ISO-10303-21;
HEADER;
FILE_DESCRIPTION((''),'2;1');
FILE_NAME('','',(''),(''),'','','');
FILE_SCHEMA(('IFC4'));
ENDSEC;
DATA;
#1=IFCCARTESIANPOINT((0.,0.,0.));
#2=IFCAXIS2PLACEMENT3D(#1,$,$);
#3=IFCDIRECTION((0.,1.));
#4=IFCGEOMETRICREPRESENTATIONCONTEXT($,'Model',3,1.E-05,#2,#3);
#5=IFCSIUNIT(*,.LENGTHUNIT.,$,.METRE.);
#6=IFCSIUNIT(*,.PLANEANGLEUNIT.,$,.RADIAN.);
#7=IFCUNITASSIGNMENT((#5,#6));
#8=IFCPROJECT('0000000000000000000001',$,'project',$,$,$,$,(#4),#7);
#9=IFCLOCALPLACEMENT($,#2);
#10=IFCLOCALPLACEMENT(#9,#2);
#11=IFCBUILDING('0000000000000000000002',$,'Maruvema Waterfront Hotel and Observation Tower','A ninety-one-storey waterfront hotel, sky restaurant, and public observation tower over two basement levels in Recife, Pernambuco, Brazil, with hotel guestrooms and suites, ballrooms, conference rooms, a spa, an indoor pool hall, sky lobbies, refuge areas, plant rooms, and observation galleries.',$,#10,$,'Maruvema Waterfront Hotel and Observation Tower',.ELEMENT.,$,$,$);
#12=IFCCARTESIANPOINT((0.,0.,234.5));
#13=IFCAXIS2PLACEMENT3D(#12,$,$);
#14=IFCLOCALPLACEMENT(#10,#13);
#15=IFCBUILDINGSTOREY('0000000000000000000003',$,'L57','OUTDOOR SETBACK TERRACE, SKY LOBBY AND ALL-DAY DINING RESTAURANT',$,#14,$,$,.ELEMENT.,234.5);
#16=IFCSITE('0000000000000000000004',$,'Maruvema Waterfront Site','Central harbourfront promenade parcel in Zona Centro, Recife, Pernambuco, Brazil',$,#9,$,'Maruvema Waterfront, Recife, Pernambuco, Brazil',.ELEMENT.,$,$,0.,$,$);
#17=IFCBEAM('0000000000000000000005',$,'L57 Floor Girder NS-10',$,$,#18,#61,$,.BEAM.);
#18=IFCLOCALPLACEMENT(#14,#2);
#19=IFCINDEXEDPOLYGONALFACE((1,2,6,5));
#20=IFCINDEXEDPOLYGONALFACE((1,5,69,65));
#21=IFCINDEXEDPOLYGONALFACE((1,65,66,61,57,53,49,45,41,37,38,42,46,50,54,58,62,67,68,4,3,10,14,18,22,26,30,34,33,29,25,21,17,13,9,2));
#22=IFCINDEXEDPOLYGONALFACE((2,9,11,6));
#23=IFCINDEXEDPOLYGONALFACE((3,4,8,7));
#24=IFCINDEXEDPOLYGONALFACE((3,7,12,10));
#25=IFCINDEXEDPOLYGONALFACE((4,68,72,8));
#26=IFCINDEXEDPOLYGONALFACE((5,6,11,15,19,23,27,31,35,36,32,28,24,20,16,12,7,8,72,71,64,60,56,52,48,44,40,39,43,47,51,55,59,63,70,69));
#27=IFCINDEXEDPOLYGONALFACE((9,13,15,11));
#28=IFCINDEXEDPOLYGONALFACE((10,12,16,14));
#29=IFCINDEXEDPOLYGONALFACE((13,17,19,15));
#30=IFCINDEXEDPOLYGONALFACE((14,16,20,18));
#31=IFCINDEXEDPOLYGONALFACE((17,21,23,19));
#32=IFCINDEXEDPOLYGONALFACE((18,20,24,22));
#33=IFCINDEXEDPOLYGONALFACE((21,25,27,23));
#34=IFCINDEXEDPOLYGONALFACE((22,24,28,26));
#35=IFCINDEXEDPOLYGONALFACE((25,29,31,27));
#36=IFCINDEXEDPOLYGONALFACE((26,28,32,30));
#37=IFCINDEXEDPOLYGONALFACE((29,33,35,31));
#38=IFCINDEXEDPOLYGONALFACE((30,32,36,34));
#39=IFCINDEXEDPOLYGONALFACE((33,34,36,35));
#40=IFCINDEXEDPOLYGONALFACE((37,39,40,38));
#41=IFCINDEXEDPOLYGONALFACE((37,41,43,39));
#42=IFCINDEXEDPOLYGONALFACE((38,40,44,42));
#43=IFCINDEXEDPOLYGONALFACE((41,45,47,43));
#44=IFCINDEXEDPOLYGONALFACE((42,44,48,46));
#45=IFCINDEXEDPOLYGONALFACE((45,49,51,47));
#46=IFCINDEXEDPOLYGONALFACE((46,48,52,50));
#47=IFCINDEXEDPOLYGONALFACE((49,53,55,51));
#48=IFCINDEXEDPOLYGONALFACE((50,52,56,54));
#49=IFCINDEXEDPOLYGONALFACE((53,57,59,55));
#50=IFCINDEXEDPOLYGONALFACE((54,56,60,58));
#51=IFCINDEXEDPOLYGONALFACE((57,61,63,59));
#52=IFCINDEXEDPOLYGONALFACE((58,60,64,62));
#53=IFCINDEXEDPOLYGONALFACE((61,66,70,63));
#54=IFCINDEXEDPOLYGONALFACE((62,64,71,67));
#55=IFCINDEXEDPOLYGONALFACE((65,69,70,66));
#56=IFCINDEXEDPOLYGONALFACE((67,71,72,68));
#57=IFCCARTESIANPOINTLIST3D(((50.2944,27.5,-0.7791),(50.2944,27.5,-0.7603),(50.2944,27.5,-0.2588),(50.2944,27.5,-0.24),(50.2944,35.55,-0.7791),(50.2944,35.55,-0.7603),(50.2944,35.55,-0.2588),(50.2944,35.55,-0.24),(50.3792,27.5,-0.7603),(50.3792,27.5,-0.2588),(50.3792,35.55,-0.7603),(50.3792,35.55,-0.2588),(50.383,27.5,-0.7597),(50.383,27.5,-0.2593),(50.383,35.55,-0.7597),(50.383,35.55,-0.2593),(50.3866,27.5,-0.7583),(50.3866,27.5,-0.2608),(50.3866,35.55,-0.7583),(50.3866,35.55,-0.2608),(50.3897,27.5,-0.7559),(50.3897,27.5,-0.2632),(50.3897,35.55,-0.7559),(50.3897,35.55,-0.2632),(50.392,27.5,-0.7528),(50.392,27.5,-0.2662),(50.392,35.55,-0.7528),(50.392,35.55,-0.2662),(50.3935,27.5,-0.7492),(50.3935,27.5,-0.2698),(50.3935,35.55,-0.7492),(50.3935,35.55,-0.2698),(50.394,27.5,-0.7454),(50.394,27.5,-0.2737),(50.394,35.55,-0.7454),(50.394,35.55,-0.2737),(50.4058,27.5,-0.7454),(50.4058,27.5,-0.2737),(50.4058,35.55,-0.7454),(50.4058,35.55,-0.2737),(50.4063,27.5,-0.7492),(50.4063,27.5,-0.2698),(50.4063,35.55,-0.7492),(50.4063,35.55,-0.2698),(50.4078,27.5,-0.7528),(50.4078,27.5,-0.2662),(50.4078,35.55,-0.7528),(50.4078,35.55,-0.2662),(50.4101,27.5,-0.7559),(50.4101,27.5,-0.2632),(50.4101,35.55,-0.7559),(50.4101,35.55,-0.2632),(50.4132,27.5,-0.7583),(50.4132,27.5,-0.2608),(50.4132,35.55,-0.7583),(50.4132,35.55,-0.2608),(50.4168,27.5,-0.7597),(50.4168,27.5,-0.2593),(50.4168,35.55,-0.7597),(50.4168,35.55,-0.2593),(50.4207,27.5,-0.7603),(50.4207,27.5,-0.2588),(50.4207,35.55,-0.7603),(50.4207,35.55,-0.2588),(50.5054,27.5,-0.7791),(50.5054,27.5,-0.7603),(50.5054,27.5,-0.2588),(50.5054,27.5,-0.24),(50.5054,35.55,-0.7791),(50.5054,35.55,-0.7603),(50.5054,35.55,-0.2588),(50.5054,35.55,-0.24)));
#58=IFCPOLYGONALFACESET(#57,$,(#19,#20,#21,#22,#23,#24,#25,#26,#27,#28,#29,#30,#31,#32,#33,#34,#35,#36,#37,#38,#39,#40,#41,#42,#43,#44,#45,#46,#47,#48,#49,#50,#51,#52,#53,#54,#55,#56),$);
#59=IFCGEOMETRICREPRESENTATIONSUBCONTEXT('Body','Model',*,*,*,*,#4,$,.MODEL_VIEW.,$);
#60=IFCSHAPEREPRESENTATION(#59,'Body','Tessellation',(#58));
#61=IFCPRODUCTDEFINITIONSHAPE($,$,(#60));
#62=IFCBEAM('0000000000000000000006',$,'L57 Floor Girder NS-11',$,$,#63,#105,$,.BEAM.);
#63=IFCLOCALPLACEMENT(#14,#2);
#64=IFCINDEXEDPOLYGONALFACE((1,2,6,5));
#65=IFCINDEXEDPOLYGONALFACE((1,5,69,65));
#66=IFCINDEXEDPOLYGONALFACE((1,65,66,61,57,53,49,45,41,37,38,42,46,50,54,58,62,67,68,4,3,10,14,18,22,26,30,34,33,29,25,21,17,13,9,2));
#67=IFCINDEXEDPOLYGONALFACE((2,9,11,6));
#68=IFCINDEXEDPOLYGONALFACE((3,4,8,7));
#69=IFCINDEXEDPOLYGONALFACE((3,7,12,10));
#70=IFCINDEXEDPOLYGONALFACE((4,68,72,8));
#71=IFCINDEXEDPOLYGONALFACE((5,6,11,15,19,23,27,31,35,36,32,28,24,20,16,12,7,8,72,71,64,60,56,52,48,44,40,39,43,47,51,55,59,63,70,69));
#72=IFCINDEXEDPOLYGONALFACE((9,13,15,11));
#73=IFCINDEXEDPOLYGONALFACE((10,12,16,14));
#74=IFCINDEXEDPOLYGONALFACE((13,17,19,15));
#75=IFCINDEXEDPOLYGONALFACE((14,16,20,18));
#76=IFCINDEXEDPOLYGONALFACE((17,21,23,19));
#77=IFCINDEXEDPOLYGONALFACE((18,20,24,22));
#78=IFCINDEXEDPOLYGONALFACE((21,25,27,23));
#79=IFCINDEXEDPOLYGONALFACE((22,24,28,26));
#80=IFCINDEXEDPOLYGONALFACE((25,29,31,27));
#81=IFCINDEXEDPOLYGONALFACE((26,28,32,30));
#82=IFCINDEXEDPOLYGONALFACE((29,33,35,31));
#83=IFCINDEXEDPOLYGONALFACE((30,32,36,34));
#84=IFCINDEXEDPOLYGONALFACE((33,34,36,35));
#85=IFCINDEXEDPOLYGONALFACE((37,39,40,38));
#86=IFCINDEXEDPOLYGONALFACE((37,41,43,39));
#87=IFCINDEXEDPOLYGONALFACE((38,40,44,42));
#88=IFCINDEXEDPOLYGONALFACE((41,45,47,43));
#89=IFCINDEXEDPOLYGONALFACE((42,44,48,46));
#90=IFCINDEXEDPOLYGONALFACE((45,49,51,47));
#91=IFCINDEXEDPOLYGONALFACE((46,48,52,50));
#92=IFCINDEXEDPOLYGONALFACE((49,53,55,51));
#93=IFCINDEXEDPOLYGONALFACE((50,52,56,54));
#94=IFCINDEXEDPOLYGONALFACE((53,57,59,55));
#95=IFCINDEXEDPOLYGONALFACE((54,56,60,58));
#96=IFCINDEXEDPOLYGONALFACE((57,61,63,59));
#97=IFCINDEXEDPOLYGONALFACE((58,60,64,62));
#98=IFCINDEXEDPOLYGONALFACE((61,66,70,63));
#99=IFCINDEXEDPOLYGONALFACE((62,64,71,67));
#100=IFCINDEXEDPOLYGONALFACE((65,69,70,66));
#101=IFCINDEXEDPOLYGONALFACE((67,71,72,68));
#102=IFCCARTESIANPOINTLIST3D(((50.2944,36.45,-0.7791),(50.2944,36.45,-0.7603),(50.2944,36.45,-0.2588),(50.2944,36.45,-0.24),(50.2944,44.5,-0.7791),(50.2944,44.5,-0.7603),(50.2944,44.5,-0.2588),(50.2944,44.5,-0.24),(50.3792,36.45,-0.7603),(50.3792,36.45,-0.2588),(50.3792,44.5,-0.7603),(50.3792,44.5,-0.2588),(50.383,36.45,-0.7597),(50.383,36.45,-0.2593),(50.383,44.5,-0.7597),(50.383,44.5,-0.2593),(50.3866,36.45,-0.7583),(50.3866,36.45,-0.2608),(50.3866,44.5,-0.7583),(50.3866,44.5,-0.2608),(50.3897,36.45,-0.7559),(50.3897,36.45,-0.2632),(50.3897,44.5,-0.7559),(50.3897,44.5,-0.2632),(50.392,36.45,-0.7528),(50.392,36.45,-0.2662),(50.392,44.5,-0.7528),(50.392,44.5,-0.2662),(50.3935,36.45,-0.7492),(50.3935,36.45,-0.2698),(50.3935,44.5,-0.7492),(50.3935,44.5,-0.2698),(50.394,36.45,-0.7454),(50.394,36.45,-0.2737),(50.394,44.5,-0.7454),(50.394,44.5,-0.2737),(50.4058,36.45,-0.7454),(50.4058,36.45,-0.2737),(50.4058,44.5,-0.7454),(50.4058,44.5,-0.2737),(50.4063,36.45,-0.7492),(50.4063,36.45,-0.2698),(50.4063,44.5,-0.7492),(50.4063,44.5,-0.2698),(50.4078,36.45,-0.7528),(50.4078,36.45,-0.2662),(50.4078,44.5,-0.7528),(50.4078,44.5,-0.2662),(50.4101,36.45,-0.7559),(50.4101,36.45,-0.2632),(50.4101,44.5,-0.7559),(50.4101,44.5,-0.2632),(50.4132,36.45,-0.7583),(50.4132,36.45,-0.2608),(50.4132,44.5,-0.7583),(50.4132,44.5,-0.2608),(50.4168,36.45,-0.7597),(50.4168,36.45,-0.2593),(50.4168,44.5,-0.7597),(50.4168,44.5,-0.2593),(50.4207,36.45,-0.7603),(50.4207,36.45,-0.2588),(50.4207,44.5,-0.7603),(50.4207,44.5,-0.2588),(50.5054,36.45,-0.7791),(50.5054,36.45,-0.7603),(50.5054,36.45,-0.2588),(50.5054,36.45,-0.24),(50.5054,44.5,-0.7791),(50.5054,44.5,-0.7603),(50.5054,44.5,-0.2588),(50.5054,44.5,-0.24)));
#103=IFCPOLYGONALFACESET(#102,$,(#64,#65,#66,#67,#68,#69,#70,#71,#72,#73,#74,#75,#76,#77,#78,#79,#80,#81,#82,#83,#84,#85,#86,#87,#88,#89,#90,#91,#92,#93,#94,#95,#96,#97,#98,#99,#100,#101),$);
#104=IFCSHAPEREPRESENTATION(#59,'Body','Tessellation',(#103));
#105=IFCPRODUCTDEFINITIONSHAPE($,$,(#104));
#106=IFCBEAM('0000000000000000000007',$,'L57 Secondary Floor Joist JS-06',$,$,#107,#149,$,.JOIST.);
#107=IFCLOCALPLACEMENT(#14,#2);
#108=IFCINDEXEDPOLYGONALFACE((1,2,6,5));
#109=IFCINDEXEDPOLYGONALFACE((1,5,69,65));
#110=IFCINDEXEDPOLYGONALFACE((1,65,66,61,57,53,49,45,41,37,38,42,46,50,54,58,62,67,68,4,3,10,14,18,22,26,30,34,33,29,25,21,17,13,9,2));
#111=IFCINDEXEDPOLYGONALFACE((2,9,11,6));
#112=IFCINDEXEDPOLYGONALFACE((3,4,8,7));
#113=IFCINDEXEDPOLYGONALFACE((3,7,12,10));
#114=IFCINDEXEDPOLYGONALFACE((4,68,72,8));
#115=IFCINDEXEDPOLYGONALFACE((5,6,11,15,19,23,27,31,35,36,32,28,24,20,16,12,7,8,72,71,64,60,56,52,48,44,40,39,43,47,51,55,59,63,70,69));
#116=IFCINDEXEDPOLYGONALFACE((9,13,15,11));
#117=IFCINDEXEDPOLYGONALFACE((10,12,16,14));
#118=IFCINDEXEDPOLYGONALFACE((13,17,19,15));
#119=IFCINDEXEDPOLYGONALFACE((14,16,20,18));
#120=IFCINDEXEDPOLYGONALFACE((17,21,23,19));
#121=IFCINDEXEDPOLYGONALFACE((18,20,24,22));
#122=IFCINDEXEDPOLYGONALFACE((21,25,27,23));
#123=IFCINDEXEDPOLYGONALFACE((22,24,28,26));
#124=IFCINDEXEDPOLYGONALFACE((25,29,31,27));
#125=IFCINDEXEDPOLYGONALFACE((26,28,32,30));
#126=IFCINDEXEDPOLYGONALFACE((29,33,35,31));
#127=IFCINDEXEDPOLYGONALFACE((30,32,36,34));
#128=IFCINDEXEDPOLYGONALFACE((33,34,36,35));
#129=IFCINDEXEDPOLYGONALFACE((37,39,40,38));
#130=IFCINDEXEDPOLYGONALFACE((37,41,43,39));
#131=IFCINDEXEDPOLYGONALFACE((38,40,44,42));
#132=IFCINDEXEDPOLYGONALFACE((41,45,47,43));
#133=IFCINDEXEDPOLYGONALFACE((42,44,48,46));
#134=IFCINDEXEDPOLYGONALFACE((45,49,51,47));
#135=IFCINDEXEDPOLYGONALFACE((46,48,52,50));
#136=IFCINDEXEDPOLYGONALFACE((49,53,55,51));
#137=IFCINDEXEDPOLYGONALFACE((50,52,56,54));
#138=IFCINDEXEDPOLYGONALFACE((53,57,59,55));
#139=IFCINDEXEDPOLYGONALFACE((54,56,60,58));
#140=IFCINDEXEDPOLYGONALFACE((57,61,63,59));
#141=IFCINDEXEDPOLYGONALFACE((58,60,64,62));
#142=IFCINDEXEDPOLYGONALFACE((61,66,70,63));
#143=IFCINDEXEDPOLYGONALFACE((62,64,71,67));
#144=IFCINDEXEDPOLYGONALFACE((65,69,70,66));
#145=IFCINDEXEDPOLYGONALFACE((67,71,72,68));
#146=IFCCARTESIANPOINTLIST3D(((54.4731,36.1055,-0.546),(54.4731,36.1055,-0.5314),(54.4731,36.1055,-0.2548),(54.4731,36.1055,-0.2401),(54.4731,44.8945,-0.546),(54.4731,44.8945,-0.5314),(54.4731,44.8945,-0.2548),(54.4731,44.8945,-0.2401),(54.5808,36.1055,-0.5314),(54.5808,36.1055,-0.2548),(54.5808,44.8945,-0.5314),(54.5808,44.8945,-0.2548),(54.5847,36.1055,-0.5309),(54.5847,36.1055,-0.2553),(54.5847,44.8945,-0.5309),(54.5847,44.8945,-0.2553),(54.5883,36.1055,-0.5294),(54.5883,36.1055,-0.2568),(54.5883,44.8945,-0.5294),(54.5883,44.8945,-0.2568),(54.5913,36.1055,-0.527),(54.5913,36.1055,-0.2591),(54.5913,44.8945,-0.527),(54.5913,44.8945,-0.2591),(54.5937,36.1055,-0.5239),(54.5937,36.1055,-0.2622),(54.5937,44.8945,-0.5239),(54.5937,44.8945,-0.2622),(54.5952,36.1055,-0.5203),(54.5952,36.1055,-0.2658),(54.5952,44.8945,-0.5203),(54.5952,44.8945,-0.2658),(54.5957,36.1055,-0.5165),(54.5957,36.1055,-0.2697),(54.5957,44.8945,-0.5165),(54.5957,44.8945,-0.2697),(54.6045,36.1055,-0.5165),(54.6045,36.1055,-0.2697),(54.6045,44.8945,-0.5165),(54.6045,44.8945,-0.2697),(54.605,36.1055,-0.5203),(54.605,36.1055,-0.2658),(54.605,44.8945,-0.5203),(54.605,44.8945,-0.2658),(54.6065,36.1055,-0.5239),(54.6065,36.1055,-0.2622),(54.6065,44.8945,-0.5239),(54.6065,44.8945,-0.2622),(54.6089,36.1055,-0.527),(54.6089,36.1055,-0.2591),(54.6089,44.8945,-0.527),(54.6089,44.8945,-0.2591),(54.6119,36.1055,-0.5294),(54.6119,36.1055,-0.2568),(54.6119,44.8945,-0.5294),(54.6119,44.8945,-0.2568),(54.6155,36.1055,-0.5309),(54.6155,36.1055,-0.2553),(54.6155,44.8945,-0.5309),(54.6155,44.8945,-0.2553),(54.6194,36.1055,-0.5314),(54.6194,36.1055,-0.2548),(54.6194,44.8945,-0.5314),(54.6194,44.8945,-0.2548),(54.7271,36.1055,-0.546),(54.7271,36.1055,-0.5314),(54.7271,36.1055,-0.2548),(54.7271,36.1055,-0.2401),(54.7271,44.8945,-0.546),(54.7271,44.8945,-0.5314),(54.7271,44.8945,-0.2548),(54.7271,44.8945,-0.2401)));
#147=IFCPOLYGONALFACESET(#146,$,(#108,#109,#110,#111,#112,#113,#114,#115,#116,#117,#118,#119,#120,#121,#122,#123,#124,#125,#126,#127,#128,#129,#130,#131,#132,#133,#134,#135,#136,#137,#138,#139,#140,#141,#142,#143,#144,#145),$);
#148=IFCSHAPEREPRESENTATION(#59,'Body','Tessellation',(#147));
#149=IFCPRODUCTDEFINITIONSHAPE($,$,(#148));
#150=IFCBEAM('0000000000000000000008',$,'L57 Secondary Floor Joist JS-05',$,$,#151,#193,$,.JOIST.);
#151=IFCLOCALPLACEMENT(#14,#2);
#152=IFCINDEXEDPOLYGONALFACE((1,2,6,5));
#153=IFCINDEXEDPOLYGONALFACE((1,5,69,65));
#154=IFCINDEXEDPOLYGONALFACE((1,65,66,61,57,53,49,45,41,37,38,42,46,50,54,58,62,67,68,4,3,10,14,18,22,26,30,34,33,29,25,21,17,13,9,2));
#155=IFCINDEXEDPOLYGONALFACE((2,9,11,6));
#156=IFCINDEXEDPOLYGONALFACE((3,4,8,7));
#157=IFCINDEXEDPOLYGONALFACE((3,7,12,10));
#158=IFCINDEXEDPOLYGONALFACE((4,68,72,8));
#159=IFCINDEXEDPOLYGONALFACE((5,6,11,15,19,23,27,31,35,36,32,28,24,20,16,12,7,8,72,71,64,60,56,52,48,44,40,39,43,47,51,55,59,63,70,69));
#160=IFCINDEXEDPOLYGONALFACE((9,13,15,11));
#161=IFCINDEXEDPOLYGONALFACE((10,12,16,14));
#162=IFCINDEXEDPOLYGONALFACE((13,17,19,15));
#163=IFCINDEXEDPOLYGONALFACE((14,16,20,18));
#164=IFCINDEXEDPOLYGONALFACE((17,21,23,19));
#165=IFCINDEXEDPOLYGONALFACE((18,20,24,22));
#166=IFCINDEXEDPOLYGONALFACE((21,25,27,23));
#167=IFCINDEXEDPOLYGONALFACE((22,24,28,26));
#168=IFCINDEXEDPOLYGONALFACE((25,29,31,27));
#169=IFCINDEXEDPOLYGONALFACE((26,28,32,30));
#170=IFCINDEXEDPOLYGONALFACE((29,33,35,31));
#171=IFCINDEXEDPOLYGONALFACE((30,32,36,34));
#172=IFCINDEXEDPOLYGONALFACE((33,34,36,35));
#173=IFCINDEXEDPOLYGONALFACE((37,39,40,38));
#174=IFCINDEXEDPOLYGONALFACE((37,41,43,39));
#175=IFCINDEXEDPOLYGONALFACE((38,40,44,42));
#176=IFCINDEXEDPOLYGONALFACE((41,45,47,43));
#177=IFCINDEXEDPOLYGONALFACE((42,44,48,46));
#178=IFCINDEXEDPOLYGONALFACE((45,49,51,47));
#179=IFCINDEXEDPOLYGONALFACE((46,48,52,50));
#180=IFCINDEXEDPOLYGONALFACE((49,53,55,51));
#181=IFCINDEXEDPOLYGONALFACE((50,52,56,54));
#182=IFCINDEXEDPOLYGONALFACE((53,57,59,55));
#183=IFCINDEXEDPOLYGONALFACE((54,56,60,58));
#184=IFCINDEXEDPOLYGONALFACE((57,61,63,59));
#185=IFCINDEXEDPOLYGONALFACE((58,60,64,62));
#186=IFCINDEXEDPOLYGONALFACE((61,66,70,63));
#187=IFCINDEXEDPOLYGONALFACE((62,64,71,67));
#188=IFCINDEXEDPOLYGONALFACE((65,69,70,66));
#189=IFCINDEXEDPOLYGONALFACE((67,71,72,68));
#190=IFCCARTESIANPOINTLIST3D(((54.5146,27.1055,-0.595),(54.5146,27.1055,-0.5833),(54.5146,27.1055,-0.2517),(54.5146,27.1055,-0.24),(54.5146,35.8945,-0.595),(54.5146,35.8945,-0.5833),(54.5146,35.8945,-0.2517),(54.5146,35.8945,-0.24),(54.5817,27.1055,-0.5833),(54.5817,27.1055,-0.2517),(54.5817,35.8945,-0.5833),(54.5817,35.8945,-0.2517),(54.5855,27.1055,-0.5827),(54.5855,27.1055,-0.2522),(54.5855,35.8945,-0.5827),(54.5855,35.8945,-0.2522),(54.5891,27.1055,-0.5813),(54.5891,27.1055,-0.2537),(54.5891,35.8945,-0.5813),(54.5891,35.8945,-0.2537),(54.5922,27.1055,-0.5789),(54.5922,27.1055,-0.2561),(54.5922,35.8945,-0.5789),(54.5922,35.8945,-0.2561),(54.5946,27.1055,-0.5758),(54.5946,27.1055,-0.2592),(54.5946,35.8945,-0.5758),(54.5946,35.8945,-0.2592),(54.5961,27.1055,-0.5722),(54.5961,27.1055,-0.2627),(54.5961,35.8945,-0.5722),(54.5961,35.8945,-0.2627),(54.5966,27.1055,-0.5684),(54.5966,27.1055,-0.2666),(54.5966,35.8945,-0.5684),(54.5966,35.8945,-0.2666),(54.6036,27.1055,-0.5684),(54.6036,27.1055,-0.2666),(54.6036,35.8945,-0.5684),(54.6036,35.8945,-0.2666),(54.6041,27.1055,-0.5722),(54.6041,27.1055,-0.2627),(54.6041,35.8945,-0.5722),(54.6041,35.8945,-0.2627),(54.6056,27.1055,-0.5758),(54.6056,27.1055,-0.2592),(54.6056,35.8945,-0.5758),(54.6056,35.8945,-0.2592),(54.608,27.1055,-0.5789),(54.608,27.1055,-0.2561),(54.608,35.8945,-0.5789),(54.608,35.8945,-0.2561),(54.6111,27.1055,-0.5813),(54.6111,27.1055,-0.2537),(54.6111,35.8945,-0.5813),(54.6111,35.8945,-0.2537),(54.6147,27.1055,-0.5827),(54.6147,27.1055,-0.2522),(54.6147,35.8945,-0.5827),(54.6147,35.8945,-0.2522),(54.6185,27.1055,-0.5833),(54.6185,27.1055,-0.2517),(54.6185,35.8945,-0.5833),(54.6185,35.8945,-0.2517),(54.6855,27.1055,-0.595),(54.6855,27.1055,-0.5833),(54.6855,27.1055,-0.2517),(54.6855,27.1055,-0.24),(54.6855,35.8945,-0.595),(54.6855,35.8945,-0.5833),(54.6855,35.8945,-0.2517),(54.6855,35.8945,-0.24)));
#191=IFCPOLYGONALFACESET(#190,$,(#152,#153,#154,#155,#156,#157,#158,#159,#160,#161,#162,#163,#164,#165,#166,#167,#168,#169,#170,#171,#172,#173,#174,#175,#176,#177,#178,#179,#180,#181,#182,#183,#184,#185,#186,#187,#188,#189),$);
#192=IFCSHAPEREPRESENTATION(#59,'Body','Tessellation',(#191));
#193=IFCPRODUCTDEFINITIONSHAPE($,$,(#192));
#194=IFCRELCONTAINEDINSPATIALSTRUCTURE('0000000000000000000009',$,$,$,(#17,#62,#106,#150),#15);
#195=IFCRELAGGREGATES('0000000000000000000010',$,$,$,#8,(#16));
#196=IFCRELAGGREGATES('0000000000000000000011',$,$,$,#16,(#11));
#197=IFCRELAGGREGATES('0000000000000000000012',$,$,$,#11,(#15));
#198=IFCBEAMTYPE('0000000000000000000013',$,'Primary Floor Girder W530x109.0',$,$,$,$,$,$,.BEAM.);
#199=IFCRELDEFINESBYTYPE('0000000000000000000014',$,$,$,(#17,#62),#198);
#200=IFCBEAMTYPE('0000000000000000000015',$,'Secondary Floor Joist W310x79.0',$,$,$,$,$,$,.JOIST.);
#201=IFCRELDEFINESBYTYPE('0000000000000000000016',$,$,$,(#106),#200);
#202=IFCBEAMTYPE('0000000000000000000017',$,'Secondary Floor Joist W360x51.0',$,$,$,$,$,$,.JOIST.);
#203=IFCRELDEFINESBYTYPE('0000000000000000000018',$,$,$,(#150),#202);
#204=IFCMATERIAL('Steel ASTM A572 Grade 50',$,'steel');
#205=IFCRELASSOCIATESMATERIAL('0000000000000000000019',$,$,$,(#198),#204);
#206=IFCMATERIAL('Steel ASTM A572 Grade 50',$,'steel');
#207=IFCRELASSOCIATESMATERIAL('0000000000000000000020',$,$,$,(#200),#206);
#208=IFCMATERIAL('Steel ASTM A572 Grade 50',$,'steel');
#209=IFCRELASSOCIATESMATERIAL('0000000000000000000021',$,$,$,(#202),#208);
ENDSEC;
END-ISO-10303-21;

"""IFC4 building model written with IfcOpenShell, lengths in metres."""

from ifc_helpers import new_model, si_unit, direction, frame, origin, origin_2d, place, context, subcontext, project, spatial, i_section, extrude, material, material_profile, profile_set, type_object, element, save


model = new_model("IFC4")

# Units and contexts
model_context = context("Model", 3, precision=1e-05, world=origin(), true_north=direction((0.0, 1.0)))
body_context = subcontext(model_context, "Body", "Model", "MODEL_VIEW")
ifc_project = project(units=[si_unit("LENGTHUNIT", "METRE"), si_unit("PLANEANGLEUNIT", "RADIAN")], contexts=[model_context])

# Site, building, storey
site_placement = place(None, origin())
site = spatial("IfcSite", under=ifc_project, at=site_placement, Name="Maruvema Waterfront Site", Description="Central harbourfront promenade parcel in Zona Centro, Recife, Pernambuco, Brazil", LongName="Maruvema Waterfront, Recife, Pernambuco, Brazil", CompositionType="ELEMENT", RefElevation=0.0)
building_placement = place(site_placement, origin())
building = spatial("IfcBuilding", under=site, at=building_placement, Name="Maruvema Waterfront Hotel and Observation Tower", Description="A ninety-one-storey waterfront hotel, sky restaurant, and public observation tower over two basement levels in Recife, Pernambuco, Brazil, with hotel guestrooms and suites, ballrooms, conference rooms, a spa, an indoor pool hall, sky lobbies, refuge areas, plant rooms, and observation galleries.", LongName="Maruvema Waterfront Hotel and Observation Tower", CompositionType="ELEMENT")
storey_placement = place(building_placement, frame((0.0, 0.0, 234.5)))
storey = spatial("IfcBuildingStorey", under=building, at=storey_placement, Name="L57", Description="OUTDOOR SETBACK TERRACE, SKY LOBBY AND ALL-DAY DINING RESTAURANT", CompositionType="ELEMENT", Elevation=234.5)

# Beams
ifc_material_1 = material(Name="Steel ASTM A572 Grade 50", Category="steel")
ifc_material_profile_1 = material_profile(ifc_material_1, i_section(OverallWidth=0.2109, OverallDepth=0.5391, WebThickness=0.0117, FlangeThickness=0.0188, FilletRadius=0.0149, at=origin_2d()), Name="W530x109.0")
ifc_profile_set_1 = profile_set([ifc_material_profile_1], Name="Steel ASTM A572 Grade 50")
beam_type_1 = type_object("IfcBeamType", Name="Primary Floor Girder W530x109.0", PredefinedType="BEAM", material=ifc_profile_set_1)
for number, where, z_axis, x_axis, name in (
    (1, (50.3999, 27.5, -0.5095), (0.0, 1.0, 0.0), (-1.0, 0.0, 0.0), "L57 Floor Girder NS-10"),
    (2, (50.3999, 36.45, -0.5095), (0.0, 1.0, 0.0), (-1.0, 0.0, 0.0), "L57 Floor Girder NS-11"),
):
    element("IfcBeam", number, at=place(storey_placement, frame(where, z_axis=z_axis, x_axis=x_axis)), inside=storey, type_object=beam_type_1, Name=name, PredefinedType="BEAM", context=body_context, shape_type="SweptSolid", body=[
        extrude(i_section(OverallWidth=0.2109, OverallDepth=0.5391, WebThickness=0.0117, FlangeThickness=0.0188, FilletRadius=0.0149, at=origin_2d()), origin(), (0.0, 0.0, 1.0), 8.05),
    ])
ifc_material_2 = material(Name="Steel ASTM A572 Grade 50", Category="steel")
ifc_material_profile_2 = material_profile(ifc_material_2, i_section(OverallWidth=0.2539, OverallDepth=0.3059, WebThickness=0.0088, FlangeThickness=0.0146, FilletRadius=0.0149, at=origin_2d()), Name="W310x79.0")
ifc_profile_set_2 = profile_set([ifc_material_profile_2], Name="Steel ASTM A572 Grade 50")
beam_type_2 = type_object("IfcBeamType", Name="Secondary Floor Joist W310x79.0", PredefinedType="JOIST", material=ifc_profile_set_2)
beam_1_placement = place(storey_placement, frame((54.6001, 36.1055, -0.3931), z_axis=(0.0, 1.0, 0.0), x_axis=(-1.0, 0.0, 0.0)))
element("IfcBeam", 3, at=beam_1_placement, inside=storey, type_object=beam_type_2, Name="L57 Secondary Floor Joist JS-06", PredefinedType="JOIST", context=body_context, shape_type="SweptSolid", body=[
    extrude(i_section(OverallWidth=0.2539, OverallDepth=0.3059, WebThickness=0.0088, FlangeThickness=0.0146, FilletRadius=0.0149, at=origin_2d()), origin(), (0.0, 0.0, 1.0), 8.7891),
])
ifc_material_3 = material(Name="Steel ASTM A572 Grade 50", Category="steel")
ifc_material_profile_3 = material_profile(ifc_material_3, i_section(OverallWidth=0.1709, OverallDepth=0.355, WebThickness=0.0071, FlangeThickness=0.0117, FilletRadius=0.0149, at=origin_2d()), Name="W360x51.0")
ifc_profile_set_3 = profile_set([ifc_material_profile_3], Name="Steel ASTM A572 Grade 50")
beam_type_3 = type_object("IfcBeamType", Name="Secondary Floor Joist W360x51.0", PredefinedType="JOIST", material=ifc_profile_set_3)
beam_2_placement = place(storey_placement, frame((54.6001, 27.1055, -0.4175), z_axis=(0.0, 1.0, 0.0), x_axis=(-1.0, 0.0, 0.0)))
element("IfcBeam", 4, at=beam_2_placement, inside=storey, type_object=beam_type_3, Name="L57 Secondary Floor Joist JS-05", PredefinedType="JOIST", context=body_context, shape_type="SweptSolid", body=[
    extrude(i_section(OverallWidth=0.1709, OverallDepth=0.355, WebThickness=0.0071, FlangeThickness=0.0117, FilletRadius=0.0149, at=origin_2d()), origin(), (0.0, 0.0, 1.0), 8.7891),
])

save(model, "model.ifc")
